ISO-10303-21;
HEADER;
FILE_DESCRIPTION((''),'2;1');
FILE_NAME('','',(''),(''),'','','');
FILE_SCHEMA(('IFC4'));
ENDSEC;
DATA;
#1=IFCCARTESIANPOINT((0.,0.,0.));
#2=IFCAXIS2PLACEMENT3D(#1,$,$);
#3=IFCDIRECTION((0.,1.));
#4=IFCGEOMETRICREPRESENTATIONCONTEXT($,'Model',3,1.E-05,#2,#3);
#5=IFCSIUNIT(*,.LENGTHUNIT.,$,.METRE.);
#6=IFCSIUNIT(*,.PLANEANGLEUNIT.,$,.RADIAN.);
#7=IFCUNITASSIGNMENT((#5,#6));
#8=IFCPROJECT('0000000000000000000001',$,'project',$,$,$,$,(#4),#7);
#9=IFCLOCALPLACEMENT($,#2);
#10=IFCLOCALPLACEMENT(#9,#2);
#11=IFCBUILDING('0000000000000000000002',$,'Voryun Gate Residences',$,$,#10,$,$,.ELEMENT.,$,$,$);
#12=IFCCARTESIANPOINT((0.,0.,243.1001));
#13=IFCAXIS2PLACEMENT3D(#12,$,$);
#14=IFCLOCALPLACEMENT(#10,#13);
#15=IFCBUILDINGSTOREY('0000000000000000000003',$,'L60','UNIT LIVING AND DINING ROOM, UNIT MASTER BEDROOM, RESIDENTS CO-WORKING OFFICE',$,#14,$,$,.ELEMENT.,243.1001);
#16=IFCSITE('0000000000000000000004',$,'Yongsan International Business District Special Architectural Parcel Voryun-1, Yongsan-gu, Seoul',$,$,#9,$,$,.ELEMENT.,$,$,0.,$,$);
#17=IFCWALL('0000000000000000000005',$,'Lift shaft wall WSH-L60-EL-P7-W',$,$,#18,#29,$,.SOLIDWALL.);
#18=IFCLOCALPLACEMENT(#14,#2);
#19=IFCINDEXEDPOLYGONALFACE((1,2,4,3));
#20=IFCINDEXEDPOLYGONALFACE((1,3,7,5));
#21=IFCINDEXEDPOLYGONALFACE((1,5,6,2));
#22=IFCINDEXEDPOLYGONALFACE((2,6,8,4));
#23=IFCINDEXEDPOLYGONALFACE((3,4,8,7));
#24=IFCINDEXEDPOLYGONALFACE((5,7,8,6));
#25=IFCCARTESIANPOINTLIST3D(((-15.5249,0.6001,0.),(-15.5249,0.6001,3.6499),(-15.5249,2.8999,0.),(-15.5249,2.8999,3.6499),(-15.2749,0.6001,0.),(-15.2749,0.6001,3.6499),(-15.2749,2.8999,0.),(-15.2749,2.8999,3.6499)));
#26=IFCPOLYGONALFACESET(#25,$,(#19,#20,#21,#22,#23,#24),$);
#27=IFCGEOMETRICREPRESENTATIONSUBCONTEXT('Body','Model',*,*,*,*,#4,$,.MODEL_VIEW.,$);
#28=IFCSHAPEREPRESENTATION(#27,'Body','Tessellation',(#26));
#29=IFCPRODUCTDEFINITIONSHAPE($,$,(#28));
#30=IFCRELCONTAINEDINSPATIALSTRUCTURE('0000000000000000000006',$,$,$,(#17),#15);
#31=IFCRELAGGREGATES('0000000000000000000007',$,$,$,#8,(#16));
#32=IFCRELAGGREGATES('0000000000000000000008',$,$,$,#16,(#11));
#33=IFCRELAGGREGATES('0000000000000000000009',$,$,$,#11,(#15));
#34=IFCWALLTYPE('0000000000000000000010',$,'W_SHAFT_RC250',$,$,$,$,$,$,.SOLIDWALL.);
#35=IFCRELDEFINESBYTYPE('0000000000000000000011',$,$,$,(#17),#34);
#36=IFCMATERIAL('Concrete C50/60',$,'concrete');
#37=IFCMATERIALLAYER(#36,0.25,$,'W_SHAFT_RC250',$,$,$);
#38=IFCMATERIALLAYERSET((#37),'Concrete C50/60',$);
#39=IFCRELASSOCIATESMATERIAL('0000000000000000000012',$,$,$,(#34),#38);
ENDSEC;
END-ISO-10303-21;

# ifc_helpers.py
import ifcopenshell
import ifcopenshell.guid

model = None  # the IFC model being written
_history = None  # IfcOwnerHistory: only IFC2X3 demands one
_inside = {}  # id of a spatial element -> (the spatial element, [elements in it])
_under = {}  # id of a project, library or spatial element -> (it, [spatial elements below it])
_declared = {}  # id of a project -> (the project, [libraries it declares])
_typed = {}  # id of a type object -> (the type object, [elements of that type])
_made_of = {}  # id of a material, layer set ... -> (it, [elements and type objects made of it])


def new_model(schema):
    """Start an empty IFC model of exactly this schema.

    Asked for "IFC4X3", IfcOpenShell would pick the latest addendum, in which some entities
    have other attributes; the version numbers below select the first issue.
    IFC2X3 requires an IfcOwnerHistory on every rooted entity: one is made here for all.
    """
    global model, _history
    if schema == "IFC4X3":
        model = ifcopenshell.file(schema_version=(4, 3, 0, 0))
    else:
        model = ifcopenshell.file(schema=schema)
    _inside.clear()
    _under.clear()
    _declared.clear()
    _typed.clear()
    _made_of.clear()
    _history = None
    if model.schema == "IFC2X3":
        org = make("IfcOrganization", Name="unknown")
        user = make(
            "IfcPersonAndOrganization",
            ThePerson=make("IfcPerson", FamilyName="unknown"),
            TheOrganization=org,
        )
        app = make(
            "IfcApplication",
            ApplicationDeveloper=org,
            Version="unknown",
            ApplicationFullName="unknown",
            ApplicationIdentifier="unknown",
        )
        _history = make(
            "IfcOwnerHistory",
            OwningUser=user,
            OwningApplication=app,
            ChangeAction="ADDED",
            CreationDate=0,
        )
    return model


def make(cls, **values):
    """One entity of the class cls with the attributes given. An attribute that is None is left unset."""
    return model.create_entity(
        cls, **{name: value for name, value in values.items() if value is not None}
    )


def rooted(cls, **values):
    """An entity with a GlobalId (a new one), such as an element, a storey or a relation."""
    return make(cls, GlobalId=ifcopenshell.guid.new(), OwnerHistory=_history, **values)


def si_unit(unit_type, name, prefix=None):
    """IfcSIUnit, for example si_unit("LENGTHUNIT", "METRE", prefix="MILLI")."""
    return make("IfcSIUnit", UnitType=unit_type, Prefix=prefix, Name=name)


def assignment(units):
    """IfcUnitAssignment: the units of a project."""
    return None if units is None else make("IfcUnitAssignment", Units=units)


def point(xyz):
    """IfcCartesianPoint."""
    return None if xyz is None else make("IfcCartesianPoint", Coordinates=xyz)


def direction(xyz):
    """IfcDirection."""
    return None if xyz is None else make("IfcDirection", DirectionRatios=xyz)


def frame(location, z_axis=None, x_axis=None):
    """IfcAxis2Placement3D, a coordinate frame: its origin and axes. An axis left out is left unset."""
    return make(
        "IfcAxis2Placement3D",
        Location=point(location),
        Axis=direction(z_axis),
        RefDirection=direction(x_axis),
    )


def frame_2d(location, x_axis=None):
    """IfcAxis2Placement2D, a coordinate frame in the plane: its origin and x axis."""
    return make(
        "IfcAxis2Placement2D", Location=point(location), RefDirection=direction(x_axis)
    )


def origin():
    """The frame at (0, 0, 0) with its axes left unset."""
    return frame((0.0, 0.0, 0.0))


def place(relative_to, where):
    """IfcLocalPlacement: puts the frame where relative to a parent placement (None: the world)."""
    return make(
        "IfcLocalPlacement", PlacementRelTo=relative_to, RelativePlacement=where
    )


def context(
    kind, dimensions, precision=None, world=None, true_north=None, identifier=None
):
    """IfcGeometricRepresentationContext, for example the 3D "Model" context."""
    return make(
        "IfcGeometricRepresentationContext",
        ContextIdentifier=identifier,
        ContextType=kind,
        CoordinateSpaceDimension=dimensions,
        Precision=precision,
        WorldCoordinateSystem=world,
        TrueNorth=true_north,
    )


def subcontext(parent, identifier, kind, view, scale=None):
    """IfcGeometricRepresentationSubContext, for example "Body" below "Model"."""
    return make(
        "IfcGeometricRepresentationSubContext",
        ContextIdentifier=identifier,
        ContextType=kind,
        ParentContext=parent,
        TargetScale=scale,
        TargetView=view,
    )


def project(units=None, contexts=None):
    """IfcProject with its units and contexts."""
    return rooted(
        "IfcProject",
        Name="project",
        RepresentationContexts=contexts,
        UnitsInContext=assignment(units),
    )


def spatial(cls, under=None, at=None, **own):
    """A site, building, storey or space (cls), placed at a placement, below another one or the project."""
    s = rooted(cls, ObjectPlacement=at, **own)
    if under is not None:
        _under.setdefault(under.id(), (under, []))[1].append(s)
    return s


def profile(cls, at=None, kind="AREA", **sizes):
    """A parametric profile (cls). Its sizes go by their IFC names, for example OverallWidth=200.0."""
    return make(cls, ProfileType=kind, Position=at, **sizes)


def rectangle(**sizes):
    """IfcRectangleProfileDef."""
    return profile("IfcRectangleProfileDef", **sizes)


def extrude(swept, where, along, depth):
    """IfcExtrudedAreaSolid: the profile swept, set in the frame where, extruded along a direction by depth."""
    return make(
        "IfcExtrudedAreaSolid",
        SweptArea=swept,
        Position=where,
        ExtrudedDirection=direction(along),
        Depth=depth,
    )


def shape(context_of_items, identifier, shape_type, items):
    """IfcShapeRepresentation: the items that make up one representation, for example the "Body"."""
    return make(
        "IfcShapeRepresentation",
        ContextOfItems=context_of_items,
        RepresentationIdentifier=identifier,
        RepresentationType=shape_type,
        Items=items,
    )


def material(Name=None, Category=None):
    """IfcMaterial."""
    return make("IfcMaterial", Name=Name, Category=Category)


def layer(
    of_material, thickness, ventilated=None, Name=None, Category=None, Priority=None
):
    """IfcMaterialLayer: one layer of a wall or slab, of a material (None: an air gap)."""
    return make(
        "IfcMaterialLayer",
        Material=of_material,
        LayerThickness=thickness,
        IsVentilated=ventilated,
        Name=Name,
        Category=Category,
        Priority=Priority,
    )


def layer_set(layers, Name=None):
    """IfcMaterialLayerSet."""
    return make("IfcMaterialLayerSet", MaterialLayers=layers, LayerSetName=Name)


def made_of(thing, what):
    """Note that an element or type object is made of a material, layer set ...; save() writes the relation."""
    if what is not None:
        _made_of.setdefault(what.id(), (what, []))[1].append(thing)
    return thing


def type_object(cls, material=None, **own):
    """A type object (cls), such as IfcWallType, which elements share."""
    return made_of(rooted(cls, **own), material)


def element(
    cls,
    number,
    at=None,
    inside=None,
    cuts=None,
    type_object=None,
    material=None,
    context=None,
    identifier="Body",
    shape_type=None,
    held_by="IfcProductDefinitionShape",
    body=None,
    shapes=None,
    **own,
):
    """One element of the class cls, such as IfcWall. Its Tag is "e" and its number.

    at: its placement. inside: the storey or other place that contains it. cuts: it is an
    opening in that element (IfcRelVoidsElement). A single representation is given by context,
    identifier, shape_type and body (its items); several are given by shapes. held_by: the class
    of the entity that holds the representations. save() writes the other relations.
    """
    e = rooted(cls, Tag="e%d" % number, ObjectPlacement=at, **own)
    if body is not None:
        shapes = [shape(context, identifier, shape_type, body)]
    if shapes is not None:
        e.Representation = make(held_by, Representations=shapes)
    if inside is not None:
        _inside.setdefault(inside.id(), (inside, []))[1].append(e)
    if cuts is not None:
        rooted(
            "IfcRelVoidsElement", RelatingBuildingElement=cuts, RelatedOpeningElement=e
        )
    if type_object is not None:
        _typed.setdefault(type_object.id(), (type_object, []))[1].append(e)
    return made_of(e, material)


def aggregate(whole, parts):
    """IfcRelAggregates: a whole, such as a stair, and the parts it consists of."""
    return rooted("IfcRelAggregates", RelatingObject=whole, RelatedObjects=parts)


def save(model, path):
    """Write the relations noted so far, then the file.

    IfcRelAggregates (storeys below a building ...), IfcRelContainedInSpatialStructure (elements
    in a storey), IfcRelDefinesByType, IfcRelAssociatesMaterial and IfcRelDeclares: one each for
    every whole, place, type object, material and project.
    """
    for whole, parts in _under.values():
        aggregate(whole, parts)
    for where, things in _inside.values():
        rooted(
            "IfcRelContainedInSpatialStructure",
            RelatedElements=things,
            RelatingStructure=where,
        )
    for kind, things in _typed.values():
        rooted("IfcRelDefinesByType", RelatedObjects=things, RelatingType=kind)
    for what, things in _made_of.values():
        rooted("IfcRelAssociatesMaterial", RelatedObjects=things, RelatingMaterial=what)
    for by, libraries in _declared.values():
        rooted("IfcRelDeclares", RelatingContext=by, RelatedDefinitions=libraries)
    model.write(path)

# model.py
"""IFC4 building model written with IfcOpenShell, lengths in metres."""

from ifc_helpers import new_model, si_unit, direction, frame, frame_2d, origin, place, context, subcontext, project, spatial, rectangle, extrude, material, layer, layer_set, type_object, element, save


model = new_model("IFC4")

# Units and contexts
model_context = context("Model", 3, precision=1e-05, world=origin(), true_north=direction((0.0, 1.0)))
body_context = subcontext(model_context, "Body", "Model", "MODEL_VIEW")
ifc_project = project(units=[si_unit("LENGTHUNIT", "METRE"), si_unit("PLANEANGLEUNIT", "RADIAN")], contexts=[model_context])

# Site, building, storey
site_placement = place(None, origin())
site = spatial("IfcSite", under=ifc_project, at=site_placement, Name="Yongsan International Business District Special Architectural Parcel Voryun-1, Yongsan-gu, Seoul", CompositionType="ELEMENT", RefElevation=0.0)
building_placement = place(site_placement, origin())
building = spatial("IfcBuilding", under=site, at=building_placement, Name="Voryun Gate Residences", CompositionType="ELEMENT")
storey_placement = place(building_placement, frame((0.0, 0.0, 243.1001)))
storey = spatial("IfcBuildingStorey", under=building, at=storey_placement, Name="L60", Description="UNIT LIVING AND DINING ROOM, UNIT MASTER BEDROOM, RESIDENTS CO-WORKING OFFICE", CompositionType="ELEMENT", Elevation=243.1001)

# Wall
ifc_material_1 = material(Name="Concrete C50/60", Category="concrete")
ifc_layer_1 = layer(ifc_material_1, 0.25, Name="W_SHAFT_RC250")
ifc_layer_set_1 = layer_set([ifc_layer_1], Name="Concrete C50/60")
wall_type_1 = type_object("IfcWallType", Name="W_SHAFT_RC250", PredefinedType="SOLIDWALL", material=ifc_layer_set_1)
wall_1_placement = place(storey_placement, frame((-15.3999, 2.8999, 0.0), z_axis=(0.0, 0.0, 1.0), x_axis=(0.0, -1.0, 0.0)))
element("IfcWall", 1, at=wall_1_placement, inside=storey, type_object=wall_type_1, Name="Lift shaft wall WSH-L60-EL-P7-W", PredefinedType="SOLIDWALL", context=body_context, shape_type="SweptSolid", body=[
    extrude(rectangle(XDim=2.2998, YDim=0.25, at=frame_2d((1.1499, 0.0))), origin(), (0.0, 0.0, 1.0), 3.6499),
])

save(model, "model.ifc")
